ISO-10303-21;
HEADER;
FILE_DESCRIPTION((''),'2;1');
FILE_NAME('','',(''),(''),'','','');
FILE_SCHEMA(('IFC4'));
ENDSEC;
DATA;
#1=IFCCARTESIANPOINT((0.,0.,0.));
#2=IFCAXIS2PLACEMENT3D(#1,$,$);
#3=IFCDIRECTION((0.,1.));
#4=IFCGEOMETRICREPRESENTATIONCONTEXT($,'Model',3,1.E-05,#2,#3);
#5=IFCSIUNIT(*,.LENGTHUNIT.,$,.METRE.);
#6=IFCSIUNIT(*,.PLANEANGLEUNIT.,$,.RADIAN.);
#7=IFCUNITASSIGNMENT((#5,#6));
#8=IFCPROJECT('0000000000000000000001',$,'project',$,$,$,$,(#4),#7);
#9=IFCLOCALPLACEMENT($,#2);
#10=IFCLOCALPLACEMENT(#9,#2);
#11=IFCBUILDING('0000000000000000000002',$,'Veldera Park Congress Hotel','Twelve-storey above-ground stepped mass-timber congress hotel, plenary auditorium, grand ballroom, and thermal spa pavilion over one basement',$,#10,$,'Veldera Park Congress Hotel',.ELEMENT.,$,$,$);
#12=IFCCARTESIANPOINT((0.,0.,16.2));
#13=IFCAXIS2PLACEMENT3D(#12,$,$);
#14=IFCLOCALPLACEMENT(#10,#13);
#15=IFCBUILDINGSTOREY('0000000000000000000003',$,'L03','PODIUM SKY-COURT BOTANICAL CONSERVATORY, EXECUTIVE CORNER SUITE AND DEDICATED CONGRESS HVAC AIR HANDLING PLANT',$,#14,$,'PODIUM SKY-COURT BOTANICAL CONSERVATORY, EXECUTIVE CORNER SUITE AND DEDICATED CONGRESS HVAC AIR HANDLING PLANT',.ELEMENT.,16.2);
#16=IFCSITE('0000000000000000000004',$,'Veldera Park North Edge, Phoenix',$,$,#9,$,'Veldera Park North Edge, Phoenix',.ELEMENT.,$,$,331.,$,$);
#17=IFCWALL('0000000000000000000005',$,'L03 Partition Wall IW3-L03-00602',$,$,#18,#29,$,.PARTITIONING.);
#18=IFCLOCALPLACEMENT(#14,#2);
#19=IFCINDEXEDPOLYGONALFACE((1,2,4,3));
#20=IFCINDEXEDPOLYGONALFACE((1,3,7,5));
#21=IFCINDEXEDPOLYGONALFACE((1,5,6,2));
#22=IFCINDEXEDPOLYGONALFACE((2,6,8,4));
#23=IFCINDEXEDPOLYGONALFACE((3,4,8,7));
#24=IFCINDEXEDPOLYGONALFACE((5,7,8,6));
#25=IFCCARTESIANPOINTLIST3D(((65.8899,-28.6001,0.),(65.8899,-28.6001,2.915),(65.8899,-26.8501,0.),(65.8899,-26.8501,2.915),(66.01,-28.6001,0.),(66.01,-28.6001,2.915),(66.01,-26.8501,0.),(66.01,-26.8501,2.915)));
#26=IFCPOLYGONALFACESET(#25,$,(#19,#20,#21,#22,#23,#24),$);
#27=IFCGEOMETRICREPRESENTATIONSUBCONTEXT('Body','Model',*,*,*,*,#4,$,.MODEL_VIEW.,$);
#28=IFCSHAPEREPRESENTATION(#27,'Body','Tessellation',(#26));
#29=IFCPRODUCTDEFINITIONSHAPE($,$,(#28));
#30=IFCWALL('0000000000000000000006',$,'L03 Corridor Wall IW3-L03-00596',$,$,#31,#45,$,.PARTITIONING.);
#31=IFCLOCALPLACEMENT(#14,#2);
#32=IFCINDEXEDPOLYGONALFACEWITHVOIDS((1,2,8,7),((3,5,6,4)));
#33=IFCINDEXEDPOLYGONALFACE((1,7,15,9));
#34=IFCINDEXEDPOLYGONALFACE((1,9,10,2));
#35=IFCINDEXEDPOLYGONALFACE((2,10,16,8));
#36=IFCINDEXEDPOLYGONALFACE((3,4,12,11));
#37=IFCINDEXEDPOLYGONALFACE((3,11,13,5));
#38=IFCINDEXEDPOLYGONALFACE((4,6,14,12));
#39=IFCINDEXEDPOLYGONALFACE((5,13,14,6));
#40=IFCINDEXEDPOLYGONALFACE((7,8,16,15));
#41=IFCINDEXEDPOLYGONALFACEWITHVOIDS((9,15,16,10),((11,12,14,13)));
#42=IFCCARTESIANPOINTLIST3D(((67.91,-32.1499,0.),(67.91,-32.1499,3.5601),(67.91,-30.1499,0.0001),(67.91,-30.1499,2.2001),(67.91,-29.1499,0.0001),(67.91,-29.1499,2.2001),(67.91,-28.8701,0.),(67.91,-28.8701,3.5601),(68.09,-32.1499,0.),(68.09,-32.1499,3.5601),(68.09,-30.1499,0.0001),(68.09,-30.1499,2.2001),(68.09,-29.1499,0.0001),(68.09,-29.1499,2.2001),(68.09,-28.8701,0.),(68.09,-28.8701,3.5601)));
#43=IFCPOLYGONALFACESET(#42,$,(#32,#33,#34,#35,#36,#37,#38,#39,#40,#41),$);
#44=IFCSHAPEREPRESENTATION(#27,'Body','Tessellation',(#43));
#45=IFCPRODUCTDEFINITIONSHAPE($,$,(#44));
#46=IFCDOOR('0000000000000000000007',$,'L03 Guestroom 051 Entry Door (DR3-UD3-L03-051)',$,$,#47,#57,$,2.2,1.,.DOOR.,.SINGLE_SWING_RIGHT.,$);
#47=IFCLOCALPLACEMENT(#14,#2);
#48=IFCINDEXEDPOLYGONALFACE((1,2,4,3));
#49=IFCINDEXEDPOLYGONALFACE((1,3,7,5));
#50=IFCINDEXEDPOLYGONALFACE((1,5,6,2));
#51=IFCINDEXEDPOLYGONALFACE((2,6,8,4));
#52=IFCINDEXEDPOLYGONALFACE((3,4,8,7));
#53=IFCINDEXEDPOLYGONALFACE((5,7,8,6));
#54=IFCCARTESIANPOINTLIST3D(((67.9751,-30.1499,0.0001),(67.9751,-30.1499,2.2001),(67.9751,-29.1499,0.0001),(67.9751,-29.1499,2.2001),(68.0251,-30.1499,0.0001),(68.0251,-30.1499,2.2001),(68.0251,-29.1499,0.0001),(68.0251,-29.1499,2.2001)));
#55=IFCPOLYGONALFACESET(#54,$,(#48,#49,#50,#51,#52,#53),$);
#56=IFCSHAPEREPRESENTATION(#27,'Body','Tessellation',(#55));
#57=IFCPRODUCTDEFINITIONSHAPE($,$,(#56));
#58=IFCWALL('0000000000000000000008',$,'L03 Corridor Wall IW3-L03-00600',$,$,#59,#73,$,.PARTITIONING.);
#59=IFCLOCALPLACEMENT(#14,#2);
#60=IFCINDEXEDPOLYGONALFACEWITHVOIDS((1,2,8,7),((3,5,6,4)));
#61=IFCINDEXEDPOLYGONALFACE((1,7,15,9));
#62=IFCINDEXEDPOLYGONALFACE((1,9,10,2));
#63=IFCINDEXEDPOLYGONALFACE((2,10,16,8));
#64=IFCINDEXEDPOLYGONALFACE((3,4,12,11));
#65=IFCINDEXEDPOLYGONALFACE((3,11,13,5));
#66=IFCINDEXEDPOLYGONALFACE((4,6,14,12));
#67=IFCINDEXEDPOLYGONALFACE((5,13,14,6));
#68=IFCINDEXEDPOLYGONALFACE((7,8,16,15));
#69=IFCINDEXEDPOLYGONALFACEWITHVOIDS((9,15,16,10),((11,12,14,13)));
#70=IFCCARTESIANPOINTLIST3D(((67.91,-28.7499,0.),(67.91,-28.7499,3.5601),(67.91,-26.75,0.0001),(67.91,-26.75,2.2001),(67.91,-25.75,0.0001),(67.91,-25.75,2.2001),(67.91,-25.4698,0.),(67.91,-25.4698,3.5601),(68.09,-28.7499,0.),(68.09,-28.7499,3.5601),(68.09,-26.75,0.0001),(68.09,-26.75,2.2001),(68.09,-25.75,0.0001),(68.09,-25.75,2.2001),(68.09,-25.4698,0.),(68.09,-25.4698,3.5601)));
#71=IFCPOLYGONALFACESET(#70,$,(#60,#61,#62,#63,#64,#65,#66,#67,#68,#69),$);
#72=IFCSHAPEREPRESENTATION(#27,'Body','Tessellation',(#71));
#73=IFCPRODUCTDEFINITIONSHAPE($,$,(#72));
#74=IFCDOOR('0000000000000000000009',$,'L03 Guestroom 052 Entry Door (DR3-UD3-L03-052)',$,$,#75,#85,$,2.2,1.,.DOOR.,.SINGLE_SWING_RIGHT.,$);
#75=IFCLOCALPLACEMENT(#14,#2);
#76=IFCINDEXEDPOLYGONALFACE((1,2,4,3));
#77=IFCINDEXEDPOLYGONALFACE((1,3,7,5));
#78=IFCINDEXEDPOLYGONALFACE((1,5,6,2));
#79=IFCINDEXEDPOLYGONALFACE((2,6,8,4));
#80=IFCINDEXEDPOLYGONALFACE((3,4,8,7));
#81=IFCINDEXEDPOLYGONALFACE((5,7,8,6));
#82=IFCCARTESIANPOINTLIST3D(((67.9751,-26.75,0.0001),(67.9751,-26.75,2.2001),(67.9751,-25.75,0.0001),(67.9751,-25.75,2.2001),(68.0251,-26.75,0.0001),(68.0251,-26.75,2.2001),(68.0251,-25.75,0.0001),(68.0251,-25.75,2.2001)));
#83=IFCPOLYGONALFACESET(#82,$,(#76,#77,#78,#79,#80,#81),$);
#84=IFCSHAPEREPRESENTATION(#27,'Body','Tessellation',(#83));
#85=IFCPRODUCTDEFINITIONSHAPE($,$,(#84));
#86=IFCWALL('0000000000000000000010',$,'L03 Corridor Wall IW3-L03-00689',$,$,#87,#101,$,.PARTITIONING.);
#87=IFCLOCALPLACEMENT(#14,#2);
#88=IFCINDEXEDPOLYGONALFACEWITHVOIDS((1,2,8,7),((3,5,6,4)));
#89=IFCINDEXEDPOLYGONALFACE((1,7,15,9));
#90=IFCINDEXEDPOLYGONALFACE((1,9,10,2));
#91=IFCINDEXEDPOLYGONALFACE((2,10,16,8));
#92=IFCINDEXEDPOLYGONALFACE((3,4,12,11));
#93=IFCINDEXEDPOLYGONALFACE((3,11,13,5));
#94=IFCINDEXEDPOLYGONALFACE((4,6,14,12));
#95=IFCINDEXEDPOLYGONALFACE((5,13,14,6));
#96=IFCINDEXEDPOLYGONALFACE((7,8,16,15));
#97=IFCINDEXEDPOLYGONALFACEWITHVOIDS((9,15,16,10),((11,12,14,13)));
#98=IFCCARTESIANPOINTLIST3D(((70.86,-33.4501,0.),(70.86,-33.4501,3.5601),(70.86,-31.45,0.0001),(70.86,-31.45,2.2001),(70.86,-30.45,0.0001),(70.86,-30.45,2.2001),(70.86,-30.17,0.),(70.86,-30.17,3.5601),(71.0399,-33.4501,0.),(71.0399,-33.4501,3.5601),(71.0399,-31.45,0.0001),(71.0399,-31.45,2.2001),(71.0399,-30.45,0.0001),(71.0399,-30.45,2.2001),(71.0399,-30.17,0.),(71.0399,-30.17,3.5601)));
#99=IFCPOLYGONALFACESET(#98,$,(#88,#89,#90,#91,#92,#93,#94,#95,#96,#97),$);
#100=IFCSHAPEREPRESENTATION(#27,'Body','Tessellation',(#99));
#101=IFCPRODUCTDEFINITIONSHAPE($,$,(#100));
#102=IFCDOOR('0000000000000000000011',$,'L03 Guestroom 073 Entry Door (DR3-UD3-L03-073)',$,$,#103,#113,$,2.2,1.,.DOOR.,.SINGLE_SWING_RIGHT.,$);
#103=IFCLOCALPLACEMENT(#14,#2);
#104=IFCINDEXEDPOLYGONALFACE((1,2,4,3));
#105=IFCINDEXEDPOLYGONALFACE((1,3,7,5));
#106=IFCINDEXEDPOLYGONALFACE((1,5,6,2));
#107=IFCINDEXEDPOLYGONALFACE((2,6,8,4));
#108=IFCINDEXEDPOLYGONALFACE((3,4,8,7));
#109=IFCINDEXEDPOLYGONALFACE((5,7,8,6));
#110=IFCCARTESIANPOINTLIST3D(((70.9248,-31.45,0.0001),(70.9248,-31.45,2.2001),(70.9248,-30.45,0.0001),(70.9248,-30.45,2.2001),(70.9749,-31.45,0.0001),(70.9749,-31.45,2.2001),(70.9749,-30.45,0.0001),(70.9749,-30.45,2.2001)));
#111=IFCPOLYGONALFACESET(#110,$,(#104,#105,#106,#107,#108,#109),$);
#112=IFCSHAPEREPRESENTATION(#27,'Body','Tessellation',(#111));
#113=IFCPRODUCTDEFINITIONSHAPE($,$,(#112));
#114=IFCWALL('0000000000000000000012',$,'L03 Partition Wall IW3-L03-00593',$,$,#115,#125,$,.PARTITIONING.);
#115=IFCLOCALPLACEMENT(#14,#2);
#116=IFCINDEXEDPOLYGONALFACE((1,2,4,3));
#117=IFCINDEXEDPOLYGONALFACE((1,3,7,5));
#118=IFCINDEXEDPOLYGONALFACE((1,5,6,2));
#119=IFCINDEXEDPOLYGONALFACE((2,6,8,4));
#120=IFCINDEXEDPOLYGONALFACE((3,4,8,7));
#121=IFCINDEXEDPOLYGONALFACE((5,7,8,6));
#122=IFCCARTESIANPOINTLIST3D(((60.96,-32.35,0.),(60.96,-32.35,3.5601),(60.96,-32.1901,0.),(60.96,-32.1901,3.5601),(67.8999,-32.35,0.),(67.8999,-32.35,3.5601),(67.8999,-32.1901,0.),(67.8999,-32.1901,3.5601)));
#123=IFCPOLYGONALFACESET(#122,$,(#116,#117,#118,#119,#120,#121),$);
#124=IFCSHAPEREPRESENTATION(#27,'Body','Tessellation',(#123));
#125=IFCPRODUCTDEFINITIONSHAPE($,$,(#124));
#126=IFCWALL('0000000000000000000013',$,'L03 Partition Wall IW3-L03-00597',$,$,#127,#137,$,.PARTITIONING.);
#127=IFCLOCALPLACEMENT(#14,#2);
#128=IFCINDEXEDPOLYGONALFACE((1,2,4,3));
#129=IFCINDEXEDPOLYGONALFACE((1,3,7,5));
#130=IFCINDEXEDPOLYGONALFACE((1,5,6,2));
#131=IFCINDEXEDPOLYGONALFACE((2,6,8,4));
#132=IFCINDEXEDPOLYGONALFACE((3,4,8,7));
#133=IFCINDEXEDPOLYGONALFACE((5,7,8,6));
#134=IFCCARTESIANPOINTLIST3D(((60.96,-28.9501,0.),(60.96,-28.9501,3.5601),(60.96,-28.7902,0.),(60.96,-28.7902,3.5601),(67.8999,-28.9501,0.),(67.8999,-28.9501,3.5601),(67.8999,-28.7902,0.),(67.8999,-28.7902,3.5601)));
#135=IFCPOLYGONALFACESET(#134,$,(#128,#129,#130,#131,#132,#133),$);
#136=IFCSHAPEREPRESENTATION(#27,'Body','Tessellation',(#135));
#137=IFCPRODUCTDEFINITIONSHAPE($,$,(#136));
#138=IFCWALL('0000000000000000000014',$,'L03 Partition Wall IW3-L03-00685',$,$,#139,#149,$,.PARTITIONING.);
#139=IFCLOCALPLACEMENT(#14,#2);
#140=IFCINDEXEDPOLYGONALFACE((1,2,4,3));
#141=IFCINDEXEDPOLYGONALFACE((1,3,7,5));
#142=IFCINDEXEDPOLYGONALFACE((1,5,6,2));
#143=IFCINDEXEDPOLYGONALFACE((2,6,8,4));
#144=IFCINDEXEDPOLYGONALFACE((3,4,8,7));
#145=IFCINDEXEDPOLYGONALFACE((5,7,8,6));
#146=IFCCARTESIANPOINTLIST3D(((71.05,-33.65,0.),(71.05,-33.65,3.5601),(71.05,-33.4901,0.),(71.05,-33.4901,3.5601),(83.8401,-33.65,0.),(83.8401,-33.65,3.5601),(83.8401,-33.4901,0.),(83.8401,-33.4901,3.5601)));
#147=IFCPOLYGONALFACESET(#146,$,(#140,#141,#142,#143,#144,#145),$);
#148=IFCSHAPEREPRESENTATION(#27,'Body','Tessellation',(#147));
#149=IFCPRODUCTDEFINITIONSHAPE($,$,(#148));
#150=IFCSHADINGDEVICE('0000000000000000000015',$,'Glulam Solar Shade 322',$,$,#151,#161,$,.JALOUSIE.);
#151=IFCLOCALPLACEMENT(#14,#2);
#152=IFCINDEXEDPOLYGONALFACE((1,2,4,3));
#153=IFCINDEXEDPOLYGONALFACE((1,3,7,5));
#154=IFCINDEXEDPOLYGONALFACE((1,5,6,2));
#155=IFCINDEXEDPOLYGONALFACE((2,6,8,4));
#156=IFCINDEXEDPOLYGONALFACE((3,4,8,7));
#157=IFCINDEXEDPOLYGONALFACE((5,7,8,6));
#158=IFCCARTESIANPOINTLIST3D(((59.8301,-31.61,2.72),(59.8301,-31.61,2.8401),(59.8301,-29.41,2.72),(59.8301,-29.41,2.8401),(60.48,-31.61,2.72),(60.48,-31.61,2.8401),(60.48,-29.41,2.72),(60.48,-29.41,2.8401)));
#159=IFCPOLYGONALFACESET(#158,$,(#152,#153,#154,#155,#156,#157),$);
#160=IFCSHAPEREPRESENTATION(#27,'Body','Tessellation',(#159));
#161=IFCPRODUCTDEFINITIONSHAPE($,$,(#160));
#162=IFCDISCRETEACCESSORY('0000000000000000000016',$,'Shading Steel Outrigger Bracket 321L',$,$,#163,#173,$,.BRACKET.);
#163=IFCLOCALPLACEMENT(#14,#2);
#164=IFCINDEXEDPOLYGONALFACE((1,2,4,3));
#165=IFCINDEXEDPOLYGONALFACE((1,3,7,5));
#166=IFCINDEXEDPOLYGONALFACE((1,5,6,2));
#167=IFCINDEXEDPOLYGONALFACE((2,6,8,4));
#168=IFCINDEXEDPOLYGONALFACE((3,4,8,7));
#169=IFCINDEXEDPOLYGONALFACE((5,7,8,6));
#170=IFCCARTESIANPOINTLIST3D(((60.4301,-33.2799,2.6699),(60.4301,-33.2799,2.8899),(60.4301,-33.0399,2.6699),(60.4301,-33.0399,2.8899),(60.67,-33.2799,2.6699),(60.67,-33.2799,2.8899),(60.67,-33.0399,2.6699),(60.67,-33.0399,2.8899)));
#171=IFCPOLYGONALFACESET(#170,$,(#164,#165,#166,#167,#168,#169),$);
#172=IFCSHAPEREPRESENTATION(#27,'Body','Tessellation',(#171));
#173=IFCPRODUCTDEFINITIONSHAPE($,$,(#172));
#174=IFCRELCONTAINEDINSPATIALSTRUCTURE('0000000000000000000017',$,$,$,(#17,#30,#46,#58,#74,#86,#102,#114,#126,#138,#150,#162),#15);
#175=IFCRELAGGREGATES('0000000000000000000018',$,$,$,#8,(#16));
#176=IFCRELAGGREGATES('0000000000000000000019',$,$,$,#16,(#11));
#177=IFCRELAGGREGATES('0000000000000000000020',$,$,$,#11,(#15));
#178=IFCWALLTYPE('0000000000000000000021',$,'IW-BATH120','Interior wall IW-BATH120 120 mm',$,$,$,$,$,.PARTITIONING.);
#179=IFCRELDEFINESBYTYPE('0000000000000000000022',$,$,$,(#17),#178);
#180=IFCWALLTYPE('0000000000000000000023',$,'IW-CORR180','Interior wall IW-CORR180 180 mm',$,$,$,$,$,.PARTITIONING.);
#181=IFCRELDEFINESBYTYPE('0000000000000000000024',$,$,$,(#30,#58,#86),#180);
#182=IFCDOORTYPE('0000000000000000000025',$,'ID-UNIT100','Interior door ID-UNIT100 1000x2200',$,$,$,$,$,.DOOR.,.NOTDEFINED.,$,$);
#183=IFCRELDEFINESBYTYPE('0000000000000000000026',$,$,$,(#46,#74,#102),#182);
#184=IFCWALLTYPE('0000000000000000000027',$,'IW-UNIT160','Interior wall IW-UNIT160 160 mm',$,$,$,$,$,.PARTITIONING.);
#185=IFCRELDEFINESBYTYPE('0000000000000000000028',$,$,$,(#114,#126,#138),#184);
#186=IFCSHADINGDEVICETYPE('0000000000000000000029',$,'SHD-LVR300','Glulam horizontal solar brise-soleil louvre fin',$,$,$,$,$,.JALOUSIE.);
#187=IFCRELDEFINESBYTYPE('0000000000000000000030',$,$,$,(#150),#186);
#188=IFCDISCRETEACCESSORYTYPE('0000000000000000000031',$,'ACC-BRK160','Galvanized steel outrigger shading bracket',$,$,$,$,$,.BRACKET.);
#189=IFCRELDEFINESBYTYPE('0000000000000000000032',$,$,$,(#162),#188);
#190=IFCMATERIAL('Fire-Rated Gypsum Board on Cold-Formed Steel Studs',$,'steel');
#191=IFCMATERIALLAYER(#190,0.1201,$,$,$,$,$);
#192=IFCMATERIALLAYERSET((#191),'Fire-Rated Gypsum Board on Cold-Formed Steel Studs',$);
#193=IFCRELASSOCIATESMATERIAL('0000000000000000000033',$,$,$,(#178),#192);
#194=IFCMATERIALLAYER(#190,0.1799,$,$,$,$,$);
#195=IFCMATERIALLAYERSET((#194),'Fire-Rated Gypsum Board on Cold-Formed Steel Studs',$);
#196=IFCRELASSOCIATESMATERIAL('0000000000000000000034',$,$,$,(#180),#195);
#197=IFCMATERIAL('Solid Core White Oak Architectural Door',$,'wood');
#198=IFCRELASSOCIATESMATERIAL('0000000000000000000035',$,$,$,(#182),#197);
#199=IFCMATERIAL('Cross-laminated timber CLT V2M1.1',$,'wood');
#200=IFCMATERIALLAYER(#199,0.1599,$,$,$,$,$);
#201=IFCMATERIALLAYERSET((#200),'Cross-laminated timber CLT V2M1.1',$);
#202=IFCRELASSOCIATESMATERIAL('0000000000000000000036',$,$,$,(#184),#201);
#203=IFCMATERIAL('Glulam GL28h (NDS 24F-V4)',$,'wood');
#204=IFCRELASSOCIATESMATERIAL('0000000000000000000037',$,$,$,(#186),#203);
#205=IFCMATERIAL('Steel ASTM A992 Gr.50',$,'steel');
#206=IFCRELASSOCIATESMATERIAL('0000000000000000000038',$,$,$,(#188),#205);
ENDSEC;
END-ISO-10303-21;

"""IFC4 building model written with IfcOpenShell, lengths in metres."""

from ifc_helpers import new_model, si_unit, direction, frame, frame_2d, origin, origin_2d, place, context, subcontext, project, spatial, rectangle, extrude, material, layer, layer_set, type_object, element, fill, save


model = new_model("IFC4")

# Units and contexts
model_context = context("Model", 3, precision=1e-05, world=origin(), true_north=direction((0.0, 1.0)))
body_context = subcontext(model_context, "Body", "Model", "MODEL_VIEW")
ifc_project = project(units=[si_unit("LENGTHUNIT", "METRE"), si_unit("PLANEANGLEUNIT", "RADIAN")], contexts=[model_context])

# Site, building, storey
site_placement = place(None, origin())
site = spatial("IfcSite", under=ifc_project, at=site_placement, Name="Veldera Park North Edge, Phoenix", LongName="Veldera Park North Edge, Phoenix", CompositionType="ELEMENT", RefElevation=331.0)
building_placement = place(site_placement, origin())
building = spatial("IfcBuilding", under=site, at=building_placement, Name="Veldera Park Congress Hotel", Description="Twelve-storey above-ground stepped mass-timber congress hotel, plenary auditorium, grand ballroom, and thermal spa pavilion over one basement", LongName="Veldera Park Congress Hotel", CompositionType="ELEMENT")
storey_placement = place(building_placement, frame((0.0, 0.0, 16.2)))
storey = spatial("IfcBuildingStorey", under=building, at=storey_placement, Name="L03", Description="PODIUM SKY-COURT BOTANICAL CONSERVATORY, EXECUTIVE CORNER SUITE AND DEDICATED CONGRESS HVAC AIR HANDLING PLANT", LongName="PODIUM SKY-COURT BOTANICAL CONSERVATORY, EXECUTIVE CORNER SUITE AND DEDICATED CONGRESS HVAC AIR HANDLING PLANT", CompositionType="ELEMENT", Elevation=16.2)

# Shared definitions
ifc_material_1 = material(Name="Glulam GL28h (NDS 24F-V4)", Category="wood")

# Shared definitions
ifc_material_2 = material(Name="Cross-laminated timber CLT V2M1.1", Category="wood")

# Shared definitions
ifc_material_3 = material(Name="Fire-Rated Gypsum Board on Cold-Formed Steel Studs", Category="steel")
ifc_layer_1 = layer(ifc_material_3, 0.1201)
ifc_layer_set_1 = layer_set([ifc_layer_1], Name="Fire-Rated Gypsum Board on Cold-Formed Steel Studs")
wall_type_1 = type_object("IfcWallType", Name="IW-BATH120", Description="Interior wall IW-BATH120 120 mm", PredefinedType="PARTITIONING", material=ifc_layer_set_1)
ifc_material_4 = material(Name="Solid Core White Oak Architectural Door", Category="wood")

# Wall
wall_1_placement = place(storey_placement, frame((65.95, -28.6001, 0.0), z_axis=(0.0, 0.0, 1.0), x_axis=(0.0, 1.0, 0.0)))
element("IfcWall", 1, at=wall_1_placement, inside=storey, type_object=wall_type_1, Name="L03 Partition Wall IW3-L03-00602", PredefinedType="PARTITIONING", context=body_context, shape_type="SweptSolid", body=[
    extrude(rectangle(XDim=1.75, YDim=0.1201, at=frame_2d((0.875, 0.0))), origin(), (0.0, 0.0, 1.0), 2.915),
])

# Walls, openings, doors
ifc_layer_2 = layer(ifc_material_3, 0.1799)
ifc_layer_set_2 = layer_set([ifc_layer_2], Name="Fire-Rated Gypsum Board on Cold-Formed Steel Studs")
wall_type_2 = type_object("IfcWallType", Name="IW-CORR180", Description="Interior wall IW-CORR180 180 mm", PredefinedType="PARTITIONING", material=ifc_layer_set_2)
wall_2_placement = place(storey_placement, frame((68.0, -32.1499, 0.0), z_axis=(0.0, 0.0, 1.0), x_axis=(0.0, 1.0, 0.0)))
wall_2 = element("IfcWall", 2, at=wall_2_placement, inside=storey, type_object=wall_type_2, Name="L03 Corridor Wall IW3-L03-00596", PredefinedType="PARTITIONING", context=body_context, shape_type="SweptSolid", body=[
    extrude(rectangle(XDim=3.2798, YDim=0.1799, at=frame_2d((1.6399, 0.0))), origin(), (0.0, 0.0, 1.0), 3.5601),
])
opening_1_placement = place(wall_2_placement, frame((2.0, 0.0, 0.0)))
opening_1 = element("IfcOpeningElement", 3, at=opening_1_placement, cuts=wall_2, PredefinedType="OPENING", context=body_context, shape_type="SweptSolid", body=[
    extrude(rectangle(XDim=1.0, YDim=2.2, at=frame_2d((0.5, 1.1001))), frame((0.0, 0.1021, 0.0), z_axis=(0.0, -1.0, 0.0), x_axis=(1.0, 0.0, 0.0)), (0.0, 0.0, 1.0), 0.2039),
])
door_type_1 = type_object("IfcDoorType", Name="ID-UNIT100", Description="Interior door ID-UNIT100 1000x2200", OperationType="NOTDEFINED", PredefinedType="DOOR", material=ifc_material_4)
door_1_placement = place(opening_1_placement, origin())
door_1 = element("IfcDoor", 4, at=door_1_placement, inside=storey, type_object=door_type_1, Name="L03 Guestroom 051 Entry Door (DR3-UD3-L03-051)", OperationType="SINGLE_SWING_RIGHT", OverallHeight=2.2, OverallWidth=1.0, PredefinedType="DOOR", context=body_context, shape_type="SweptSolid", body=[
    extrude(rectangle(XDim=1.0, YDim=2.2, at=frame_2d((0.5, 1.1001))), frame((0.0, 0.0249, 0.0), z_axis=(0.0, -1.0, 0.0), x_axis=(1.0, 0.0, 0.0)), (0.0, 0.0, 1.0), 0.05),
])
fill(opening_1, door_1)
wall_3_placement = place(storey_placement, frame((68.0, -28.75, 0.0), z_axis=(0.0, 0.0, 1.0), x_axis=(0.0, 1.0, 0.0)))
wall_3 = element("IfcWall", 5, at=wall_3_placement, inside=storey, type_object=wall_type_2, Name="L03 Corridor Wall IW3-L03-00600", PredefinedType="PARTITIONING", context=body_context, shape_type="SweptSolid", body=[
    extrude(rectangle(XDim=3.28, YDim=0.1799, at=frame_2d((1.6401, 0.0))), origin(), (0.0, 0.0, 1.0), 3.5601),
])
opening_2_placement = place(wall_3_placement, frame((2.0, 0.0, 0.0)))
opening_2 = element("IfcOpeningElement", 6, at=opening_2_placement, cuts=wall_3, PredefinedType="OPENING", context=body_context, shape_type="SweptSolid", body=[
    extrude(rectangle(XDim=1.0, YDim=2.2, at=frame_2d((0.5, 1.1001))), frame((0.0, 0.1021, 0.0), z_axis=(0.0, -1.0, 0.0), x_axis=(1.0, 0.0, 0.0)), (0.0, 0.0, 1.0), 0.2039),
])
door_2_placement = place(opening_2_placement, origin())
door_2 = element("IfcDoor", 7, at=door_2_placement, inside=storey, type_object=door_type_1, Name="L03 Guestroom 052 Entry Door (DR3-UD3-L03-052)", OperationType="SINGLE_SWING_RIGHT", OverallHeight=2.2, OverallWidth=1.0, PredefinedType="DOOR", context=body_context, shape_type="SweptSolid", body=[
    extrude(rectangle(XDim=1.0, YDim=2.2, at=frame_2d((0.5, 1.1001))), frame((0.0, 0.0249, 0.0), z_axis=(0.0, -1.0, 0.0), x_axis=(1.0, 0.0, 0.0)), (0.0, 0.0, 1.0), 0.05),
])
fill(opening_2, door_2)
wall_4_placement = place(storey_placement, frame((70.95, -30.1699, 0.0), z_axis=(0.0, 0.0, 1.0), x_axis=(0.0, -1.0, 0.0)))
wall_4 = element("IfcWall", 8, at=wall_4_placement, inside=storey, type_object=wall_type_2, Name="L03 Corridor Wall IW3-L03-00689", PredefinedType="PARTITIONING", context=body_context, shape_type="SweptSolid", body=[
    extrude(rectangle(XDim=3.28, YDim=0.1799, at=frame_2d((1.6401, 0.0))), origin(), (0.0, 0.0, 1.0), 3.5601),
])
opening_3_placement = place(wall_4_placement, frame((0.28, 0.0, 0.0)))
opening_3 = element("IfcOpeningElement", 9, at=opening_3_placement, cuts=wall_4, PredefinedType="OPENING", context=body_context, shape_type="SweptSolid", body=[
    extrude(rectangle(XDim=1.0, YDim=2.2, at=frame_2d((0.5, 1.1001))), frame((0.0, 0.1021, 0.0), z_axis=(0.0, -1.0, 0.0), x_axis=(1.0, 0.0, 0.0)), (0.0, 0.0, 1.0), 0.2039),
])
door_3_placement = place(opening_3_placement, origin())
door_3 = element("IfcDoor", 10, at=door_3_placement, inside=storey, type_object=door_type_1, Name="L03 Guestroom 073 Entry Door (DR3-UD3-L03-073)", OperationType="SINGLE_SWING_RIGHT", OverallHeight=2.2, OverallWidth=1.0, PredefinedType="DOOR", context=body_context, shape_type="SweptSolid", body=[
    extrude(rectangle(XDim=1.0, YDim=2.2, at=frame_2d((0.5, 1.1001))), frame((0.0, 0.0249, 0.0), z_axis=(0.0, -1.0, 0.0), x_axis=(1.0, 0.0, 0.0)), (0.0, 0.0, 1.0), 0.05),
])
fill(opening_3, door_3)

# Walls
ifc_layer_3 = layer(ifc_material_2, 0.1599)
ifc_layer_set_3 = layer_set([ifc_layer_3], Name="Cross-laminated timber CLT V2M1.1")
wall_type_3 = type_object("IfcWallType", Name="IW-UNIT160", Description="Interior wall IW-UNIT160 160 mm", PredefinedType="PARTITIONING", material=ifc_layer_set_3)
for number, where, z_axis, x_axis, name in (
    (11, (60.96, -32.27, 0.0), (0.0, 0.0, 1.0), (1.0, 0.0, 0.0), "L03 Partition Wall IW3-L03-00593"),
    (12, (60.96, -28.8701, 0.0), (0.0, 0.0, 1.0), (1.0, 0.0, 0.0), "L03 Partition Wall IW3-L03-00597"),
):
    element("IfcWall", number, at=place(storey_placement, frame(where, z_axis=z_axis, x_axis=x_axis)), inside=storey, type_object=wall_type_3, Name=name, PredefinedType="PARTITIONING", context=body_context, shape_type="SweptSolid", body=[
        extrude(rectangle(XDim=6.9399, YDim=0.1599, at=frame_2d((3.47, 0.0))), origin(), (0.0, 0.0, 1.0), 3.5601),
    ])
wall_5_placement = place(storey_placement, frame((71.05, -33.5701, 0.0), z_axis=(0.0, 0.0, 1.0), x_axis=(1.0, 0.0, 0.0)))
element("IfcWall", 13, at=wall_5_placement, inside=storey, type_object=wall_type_3, Name="L03 Partition Wall IW3-L03-00685", PredefinedType="PARTITIONING", context=body_context, shape_type="SweptSolid", body=[
    extrude(rectangle(XDim=12.79, YDim=0.1599, at=frame_2d((6.395, 0.0))), origin(), (0.0, 0.0, 1.0), 3.5601),
])

# Shading device
shading_device_type = type_object("IfcShadingDeviceType", Name="SHD-LVR300", Description="Glulam horizontal solar brise-soleil louvre fin", PredefinedType="JALOUSIE", material=ifc_material_1)
shading_device_placement = place(storey_placement, frame((60.155, -30.51, 2.72), z_axis=(0.0, 0.0, 1.0), x_axis=(0.0, -1.0, 0.0)))
element("IfcShadingDevice", 14, at=shading_device_placement, inside=storey, type_object=shading_device_type, Name="Glulam Solar Shade 322", PredefinedType="JALOUSIE", context=body_context, shape_type="SweptSolid", body=[
    extrude(rectangle(XDim=2.2, YDim=0.6499, at=origin_2d()), origin(), (0.0, 0.0, 1.0), 0.1201),
])

# Discrete accessory
ifc_material_5 = material(Name="Steel ASTM A992 Gr.50", Category="steel")
discrete_accessory_type = type_object("IfcDiscreteAccessoryType", Name="ACC-BRK160", Description="Galvanized steel outrigger shading bracket", PredefinedType="BRACKET", material=ifc_material_5)
for number, where, z_axis, x_axis, name in (
    (15, (60.55, -33.1599, 2.6699), (0.0, 0.0, 1.0), (0.0, -1.0, 0.0), "Shading Steel Outrigger Bracket 321L"),
):
    element("IfcDiscreteAccessory", number, at=place(storey_placement, frame(where, z_axis=z_axis, x_axis=x_axis)), inside=storey, type_object=discrete_accessory_type, Name=name, PredefinedType="BRACKET", context=body_context, shape_type="SweptSolid", body=[
        extrude(rectangle(XDim=0.24, YDim=0.24, at=origin_2d()), origin(), (0.0, 0.0, 1.0), 0.22),
    ])

save(model, "model.ifc")
